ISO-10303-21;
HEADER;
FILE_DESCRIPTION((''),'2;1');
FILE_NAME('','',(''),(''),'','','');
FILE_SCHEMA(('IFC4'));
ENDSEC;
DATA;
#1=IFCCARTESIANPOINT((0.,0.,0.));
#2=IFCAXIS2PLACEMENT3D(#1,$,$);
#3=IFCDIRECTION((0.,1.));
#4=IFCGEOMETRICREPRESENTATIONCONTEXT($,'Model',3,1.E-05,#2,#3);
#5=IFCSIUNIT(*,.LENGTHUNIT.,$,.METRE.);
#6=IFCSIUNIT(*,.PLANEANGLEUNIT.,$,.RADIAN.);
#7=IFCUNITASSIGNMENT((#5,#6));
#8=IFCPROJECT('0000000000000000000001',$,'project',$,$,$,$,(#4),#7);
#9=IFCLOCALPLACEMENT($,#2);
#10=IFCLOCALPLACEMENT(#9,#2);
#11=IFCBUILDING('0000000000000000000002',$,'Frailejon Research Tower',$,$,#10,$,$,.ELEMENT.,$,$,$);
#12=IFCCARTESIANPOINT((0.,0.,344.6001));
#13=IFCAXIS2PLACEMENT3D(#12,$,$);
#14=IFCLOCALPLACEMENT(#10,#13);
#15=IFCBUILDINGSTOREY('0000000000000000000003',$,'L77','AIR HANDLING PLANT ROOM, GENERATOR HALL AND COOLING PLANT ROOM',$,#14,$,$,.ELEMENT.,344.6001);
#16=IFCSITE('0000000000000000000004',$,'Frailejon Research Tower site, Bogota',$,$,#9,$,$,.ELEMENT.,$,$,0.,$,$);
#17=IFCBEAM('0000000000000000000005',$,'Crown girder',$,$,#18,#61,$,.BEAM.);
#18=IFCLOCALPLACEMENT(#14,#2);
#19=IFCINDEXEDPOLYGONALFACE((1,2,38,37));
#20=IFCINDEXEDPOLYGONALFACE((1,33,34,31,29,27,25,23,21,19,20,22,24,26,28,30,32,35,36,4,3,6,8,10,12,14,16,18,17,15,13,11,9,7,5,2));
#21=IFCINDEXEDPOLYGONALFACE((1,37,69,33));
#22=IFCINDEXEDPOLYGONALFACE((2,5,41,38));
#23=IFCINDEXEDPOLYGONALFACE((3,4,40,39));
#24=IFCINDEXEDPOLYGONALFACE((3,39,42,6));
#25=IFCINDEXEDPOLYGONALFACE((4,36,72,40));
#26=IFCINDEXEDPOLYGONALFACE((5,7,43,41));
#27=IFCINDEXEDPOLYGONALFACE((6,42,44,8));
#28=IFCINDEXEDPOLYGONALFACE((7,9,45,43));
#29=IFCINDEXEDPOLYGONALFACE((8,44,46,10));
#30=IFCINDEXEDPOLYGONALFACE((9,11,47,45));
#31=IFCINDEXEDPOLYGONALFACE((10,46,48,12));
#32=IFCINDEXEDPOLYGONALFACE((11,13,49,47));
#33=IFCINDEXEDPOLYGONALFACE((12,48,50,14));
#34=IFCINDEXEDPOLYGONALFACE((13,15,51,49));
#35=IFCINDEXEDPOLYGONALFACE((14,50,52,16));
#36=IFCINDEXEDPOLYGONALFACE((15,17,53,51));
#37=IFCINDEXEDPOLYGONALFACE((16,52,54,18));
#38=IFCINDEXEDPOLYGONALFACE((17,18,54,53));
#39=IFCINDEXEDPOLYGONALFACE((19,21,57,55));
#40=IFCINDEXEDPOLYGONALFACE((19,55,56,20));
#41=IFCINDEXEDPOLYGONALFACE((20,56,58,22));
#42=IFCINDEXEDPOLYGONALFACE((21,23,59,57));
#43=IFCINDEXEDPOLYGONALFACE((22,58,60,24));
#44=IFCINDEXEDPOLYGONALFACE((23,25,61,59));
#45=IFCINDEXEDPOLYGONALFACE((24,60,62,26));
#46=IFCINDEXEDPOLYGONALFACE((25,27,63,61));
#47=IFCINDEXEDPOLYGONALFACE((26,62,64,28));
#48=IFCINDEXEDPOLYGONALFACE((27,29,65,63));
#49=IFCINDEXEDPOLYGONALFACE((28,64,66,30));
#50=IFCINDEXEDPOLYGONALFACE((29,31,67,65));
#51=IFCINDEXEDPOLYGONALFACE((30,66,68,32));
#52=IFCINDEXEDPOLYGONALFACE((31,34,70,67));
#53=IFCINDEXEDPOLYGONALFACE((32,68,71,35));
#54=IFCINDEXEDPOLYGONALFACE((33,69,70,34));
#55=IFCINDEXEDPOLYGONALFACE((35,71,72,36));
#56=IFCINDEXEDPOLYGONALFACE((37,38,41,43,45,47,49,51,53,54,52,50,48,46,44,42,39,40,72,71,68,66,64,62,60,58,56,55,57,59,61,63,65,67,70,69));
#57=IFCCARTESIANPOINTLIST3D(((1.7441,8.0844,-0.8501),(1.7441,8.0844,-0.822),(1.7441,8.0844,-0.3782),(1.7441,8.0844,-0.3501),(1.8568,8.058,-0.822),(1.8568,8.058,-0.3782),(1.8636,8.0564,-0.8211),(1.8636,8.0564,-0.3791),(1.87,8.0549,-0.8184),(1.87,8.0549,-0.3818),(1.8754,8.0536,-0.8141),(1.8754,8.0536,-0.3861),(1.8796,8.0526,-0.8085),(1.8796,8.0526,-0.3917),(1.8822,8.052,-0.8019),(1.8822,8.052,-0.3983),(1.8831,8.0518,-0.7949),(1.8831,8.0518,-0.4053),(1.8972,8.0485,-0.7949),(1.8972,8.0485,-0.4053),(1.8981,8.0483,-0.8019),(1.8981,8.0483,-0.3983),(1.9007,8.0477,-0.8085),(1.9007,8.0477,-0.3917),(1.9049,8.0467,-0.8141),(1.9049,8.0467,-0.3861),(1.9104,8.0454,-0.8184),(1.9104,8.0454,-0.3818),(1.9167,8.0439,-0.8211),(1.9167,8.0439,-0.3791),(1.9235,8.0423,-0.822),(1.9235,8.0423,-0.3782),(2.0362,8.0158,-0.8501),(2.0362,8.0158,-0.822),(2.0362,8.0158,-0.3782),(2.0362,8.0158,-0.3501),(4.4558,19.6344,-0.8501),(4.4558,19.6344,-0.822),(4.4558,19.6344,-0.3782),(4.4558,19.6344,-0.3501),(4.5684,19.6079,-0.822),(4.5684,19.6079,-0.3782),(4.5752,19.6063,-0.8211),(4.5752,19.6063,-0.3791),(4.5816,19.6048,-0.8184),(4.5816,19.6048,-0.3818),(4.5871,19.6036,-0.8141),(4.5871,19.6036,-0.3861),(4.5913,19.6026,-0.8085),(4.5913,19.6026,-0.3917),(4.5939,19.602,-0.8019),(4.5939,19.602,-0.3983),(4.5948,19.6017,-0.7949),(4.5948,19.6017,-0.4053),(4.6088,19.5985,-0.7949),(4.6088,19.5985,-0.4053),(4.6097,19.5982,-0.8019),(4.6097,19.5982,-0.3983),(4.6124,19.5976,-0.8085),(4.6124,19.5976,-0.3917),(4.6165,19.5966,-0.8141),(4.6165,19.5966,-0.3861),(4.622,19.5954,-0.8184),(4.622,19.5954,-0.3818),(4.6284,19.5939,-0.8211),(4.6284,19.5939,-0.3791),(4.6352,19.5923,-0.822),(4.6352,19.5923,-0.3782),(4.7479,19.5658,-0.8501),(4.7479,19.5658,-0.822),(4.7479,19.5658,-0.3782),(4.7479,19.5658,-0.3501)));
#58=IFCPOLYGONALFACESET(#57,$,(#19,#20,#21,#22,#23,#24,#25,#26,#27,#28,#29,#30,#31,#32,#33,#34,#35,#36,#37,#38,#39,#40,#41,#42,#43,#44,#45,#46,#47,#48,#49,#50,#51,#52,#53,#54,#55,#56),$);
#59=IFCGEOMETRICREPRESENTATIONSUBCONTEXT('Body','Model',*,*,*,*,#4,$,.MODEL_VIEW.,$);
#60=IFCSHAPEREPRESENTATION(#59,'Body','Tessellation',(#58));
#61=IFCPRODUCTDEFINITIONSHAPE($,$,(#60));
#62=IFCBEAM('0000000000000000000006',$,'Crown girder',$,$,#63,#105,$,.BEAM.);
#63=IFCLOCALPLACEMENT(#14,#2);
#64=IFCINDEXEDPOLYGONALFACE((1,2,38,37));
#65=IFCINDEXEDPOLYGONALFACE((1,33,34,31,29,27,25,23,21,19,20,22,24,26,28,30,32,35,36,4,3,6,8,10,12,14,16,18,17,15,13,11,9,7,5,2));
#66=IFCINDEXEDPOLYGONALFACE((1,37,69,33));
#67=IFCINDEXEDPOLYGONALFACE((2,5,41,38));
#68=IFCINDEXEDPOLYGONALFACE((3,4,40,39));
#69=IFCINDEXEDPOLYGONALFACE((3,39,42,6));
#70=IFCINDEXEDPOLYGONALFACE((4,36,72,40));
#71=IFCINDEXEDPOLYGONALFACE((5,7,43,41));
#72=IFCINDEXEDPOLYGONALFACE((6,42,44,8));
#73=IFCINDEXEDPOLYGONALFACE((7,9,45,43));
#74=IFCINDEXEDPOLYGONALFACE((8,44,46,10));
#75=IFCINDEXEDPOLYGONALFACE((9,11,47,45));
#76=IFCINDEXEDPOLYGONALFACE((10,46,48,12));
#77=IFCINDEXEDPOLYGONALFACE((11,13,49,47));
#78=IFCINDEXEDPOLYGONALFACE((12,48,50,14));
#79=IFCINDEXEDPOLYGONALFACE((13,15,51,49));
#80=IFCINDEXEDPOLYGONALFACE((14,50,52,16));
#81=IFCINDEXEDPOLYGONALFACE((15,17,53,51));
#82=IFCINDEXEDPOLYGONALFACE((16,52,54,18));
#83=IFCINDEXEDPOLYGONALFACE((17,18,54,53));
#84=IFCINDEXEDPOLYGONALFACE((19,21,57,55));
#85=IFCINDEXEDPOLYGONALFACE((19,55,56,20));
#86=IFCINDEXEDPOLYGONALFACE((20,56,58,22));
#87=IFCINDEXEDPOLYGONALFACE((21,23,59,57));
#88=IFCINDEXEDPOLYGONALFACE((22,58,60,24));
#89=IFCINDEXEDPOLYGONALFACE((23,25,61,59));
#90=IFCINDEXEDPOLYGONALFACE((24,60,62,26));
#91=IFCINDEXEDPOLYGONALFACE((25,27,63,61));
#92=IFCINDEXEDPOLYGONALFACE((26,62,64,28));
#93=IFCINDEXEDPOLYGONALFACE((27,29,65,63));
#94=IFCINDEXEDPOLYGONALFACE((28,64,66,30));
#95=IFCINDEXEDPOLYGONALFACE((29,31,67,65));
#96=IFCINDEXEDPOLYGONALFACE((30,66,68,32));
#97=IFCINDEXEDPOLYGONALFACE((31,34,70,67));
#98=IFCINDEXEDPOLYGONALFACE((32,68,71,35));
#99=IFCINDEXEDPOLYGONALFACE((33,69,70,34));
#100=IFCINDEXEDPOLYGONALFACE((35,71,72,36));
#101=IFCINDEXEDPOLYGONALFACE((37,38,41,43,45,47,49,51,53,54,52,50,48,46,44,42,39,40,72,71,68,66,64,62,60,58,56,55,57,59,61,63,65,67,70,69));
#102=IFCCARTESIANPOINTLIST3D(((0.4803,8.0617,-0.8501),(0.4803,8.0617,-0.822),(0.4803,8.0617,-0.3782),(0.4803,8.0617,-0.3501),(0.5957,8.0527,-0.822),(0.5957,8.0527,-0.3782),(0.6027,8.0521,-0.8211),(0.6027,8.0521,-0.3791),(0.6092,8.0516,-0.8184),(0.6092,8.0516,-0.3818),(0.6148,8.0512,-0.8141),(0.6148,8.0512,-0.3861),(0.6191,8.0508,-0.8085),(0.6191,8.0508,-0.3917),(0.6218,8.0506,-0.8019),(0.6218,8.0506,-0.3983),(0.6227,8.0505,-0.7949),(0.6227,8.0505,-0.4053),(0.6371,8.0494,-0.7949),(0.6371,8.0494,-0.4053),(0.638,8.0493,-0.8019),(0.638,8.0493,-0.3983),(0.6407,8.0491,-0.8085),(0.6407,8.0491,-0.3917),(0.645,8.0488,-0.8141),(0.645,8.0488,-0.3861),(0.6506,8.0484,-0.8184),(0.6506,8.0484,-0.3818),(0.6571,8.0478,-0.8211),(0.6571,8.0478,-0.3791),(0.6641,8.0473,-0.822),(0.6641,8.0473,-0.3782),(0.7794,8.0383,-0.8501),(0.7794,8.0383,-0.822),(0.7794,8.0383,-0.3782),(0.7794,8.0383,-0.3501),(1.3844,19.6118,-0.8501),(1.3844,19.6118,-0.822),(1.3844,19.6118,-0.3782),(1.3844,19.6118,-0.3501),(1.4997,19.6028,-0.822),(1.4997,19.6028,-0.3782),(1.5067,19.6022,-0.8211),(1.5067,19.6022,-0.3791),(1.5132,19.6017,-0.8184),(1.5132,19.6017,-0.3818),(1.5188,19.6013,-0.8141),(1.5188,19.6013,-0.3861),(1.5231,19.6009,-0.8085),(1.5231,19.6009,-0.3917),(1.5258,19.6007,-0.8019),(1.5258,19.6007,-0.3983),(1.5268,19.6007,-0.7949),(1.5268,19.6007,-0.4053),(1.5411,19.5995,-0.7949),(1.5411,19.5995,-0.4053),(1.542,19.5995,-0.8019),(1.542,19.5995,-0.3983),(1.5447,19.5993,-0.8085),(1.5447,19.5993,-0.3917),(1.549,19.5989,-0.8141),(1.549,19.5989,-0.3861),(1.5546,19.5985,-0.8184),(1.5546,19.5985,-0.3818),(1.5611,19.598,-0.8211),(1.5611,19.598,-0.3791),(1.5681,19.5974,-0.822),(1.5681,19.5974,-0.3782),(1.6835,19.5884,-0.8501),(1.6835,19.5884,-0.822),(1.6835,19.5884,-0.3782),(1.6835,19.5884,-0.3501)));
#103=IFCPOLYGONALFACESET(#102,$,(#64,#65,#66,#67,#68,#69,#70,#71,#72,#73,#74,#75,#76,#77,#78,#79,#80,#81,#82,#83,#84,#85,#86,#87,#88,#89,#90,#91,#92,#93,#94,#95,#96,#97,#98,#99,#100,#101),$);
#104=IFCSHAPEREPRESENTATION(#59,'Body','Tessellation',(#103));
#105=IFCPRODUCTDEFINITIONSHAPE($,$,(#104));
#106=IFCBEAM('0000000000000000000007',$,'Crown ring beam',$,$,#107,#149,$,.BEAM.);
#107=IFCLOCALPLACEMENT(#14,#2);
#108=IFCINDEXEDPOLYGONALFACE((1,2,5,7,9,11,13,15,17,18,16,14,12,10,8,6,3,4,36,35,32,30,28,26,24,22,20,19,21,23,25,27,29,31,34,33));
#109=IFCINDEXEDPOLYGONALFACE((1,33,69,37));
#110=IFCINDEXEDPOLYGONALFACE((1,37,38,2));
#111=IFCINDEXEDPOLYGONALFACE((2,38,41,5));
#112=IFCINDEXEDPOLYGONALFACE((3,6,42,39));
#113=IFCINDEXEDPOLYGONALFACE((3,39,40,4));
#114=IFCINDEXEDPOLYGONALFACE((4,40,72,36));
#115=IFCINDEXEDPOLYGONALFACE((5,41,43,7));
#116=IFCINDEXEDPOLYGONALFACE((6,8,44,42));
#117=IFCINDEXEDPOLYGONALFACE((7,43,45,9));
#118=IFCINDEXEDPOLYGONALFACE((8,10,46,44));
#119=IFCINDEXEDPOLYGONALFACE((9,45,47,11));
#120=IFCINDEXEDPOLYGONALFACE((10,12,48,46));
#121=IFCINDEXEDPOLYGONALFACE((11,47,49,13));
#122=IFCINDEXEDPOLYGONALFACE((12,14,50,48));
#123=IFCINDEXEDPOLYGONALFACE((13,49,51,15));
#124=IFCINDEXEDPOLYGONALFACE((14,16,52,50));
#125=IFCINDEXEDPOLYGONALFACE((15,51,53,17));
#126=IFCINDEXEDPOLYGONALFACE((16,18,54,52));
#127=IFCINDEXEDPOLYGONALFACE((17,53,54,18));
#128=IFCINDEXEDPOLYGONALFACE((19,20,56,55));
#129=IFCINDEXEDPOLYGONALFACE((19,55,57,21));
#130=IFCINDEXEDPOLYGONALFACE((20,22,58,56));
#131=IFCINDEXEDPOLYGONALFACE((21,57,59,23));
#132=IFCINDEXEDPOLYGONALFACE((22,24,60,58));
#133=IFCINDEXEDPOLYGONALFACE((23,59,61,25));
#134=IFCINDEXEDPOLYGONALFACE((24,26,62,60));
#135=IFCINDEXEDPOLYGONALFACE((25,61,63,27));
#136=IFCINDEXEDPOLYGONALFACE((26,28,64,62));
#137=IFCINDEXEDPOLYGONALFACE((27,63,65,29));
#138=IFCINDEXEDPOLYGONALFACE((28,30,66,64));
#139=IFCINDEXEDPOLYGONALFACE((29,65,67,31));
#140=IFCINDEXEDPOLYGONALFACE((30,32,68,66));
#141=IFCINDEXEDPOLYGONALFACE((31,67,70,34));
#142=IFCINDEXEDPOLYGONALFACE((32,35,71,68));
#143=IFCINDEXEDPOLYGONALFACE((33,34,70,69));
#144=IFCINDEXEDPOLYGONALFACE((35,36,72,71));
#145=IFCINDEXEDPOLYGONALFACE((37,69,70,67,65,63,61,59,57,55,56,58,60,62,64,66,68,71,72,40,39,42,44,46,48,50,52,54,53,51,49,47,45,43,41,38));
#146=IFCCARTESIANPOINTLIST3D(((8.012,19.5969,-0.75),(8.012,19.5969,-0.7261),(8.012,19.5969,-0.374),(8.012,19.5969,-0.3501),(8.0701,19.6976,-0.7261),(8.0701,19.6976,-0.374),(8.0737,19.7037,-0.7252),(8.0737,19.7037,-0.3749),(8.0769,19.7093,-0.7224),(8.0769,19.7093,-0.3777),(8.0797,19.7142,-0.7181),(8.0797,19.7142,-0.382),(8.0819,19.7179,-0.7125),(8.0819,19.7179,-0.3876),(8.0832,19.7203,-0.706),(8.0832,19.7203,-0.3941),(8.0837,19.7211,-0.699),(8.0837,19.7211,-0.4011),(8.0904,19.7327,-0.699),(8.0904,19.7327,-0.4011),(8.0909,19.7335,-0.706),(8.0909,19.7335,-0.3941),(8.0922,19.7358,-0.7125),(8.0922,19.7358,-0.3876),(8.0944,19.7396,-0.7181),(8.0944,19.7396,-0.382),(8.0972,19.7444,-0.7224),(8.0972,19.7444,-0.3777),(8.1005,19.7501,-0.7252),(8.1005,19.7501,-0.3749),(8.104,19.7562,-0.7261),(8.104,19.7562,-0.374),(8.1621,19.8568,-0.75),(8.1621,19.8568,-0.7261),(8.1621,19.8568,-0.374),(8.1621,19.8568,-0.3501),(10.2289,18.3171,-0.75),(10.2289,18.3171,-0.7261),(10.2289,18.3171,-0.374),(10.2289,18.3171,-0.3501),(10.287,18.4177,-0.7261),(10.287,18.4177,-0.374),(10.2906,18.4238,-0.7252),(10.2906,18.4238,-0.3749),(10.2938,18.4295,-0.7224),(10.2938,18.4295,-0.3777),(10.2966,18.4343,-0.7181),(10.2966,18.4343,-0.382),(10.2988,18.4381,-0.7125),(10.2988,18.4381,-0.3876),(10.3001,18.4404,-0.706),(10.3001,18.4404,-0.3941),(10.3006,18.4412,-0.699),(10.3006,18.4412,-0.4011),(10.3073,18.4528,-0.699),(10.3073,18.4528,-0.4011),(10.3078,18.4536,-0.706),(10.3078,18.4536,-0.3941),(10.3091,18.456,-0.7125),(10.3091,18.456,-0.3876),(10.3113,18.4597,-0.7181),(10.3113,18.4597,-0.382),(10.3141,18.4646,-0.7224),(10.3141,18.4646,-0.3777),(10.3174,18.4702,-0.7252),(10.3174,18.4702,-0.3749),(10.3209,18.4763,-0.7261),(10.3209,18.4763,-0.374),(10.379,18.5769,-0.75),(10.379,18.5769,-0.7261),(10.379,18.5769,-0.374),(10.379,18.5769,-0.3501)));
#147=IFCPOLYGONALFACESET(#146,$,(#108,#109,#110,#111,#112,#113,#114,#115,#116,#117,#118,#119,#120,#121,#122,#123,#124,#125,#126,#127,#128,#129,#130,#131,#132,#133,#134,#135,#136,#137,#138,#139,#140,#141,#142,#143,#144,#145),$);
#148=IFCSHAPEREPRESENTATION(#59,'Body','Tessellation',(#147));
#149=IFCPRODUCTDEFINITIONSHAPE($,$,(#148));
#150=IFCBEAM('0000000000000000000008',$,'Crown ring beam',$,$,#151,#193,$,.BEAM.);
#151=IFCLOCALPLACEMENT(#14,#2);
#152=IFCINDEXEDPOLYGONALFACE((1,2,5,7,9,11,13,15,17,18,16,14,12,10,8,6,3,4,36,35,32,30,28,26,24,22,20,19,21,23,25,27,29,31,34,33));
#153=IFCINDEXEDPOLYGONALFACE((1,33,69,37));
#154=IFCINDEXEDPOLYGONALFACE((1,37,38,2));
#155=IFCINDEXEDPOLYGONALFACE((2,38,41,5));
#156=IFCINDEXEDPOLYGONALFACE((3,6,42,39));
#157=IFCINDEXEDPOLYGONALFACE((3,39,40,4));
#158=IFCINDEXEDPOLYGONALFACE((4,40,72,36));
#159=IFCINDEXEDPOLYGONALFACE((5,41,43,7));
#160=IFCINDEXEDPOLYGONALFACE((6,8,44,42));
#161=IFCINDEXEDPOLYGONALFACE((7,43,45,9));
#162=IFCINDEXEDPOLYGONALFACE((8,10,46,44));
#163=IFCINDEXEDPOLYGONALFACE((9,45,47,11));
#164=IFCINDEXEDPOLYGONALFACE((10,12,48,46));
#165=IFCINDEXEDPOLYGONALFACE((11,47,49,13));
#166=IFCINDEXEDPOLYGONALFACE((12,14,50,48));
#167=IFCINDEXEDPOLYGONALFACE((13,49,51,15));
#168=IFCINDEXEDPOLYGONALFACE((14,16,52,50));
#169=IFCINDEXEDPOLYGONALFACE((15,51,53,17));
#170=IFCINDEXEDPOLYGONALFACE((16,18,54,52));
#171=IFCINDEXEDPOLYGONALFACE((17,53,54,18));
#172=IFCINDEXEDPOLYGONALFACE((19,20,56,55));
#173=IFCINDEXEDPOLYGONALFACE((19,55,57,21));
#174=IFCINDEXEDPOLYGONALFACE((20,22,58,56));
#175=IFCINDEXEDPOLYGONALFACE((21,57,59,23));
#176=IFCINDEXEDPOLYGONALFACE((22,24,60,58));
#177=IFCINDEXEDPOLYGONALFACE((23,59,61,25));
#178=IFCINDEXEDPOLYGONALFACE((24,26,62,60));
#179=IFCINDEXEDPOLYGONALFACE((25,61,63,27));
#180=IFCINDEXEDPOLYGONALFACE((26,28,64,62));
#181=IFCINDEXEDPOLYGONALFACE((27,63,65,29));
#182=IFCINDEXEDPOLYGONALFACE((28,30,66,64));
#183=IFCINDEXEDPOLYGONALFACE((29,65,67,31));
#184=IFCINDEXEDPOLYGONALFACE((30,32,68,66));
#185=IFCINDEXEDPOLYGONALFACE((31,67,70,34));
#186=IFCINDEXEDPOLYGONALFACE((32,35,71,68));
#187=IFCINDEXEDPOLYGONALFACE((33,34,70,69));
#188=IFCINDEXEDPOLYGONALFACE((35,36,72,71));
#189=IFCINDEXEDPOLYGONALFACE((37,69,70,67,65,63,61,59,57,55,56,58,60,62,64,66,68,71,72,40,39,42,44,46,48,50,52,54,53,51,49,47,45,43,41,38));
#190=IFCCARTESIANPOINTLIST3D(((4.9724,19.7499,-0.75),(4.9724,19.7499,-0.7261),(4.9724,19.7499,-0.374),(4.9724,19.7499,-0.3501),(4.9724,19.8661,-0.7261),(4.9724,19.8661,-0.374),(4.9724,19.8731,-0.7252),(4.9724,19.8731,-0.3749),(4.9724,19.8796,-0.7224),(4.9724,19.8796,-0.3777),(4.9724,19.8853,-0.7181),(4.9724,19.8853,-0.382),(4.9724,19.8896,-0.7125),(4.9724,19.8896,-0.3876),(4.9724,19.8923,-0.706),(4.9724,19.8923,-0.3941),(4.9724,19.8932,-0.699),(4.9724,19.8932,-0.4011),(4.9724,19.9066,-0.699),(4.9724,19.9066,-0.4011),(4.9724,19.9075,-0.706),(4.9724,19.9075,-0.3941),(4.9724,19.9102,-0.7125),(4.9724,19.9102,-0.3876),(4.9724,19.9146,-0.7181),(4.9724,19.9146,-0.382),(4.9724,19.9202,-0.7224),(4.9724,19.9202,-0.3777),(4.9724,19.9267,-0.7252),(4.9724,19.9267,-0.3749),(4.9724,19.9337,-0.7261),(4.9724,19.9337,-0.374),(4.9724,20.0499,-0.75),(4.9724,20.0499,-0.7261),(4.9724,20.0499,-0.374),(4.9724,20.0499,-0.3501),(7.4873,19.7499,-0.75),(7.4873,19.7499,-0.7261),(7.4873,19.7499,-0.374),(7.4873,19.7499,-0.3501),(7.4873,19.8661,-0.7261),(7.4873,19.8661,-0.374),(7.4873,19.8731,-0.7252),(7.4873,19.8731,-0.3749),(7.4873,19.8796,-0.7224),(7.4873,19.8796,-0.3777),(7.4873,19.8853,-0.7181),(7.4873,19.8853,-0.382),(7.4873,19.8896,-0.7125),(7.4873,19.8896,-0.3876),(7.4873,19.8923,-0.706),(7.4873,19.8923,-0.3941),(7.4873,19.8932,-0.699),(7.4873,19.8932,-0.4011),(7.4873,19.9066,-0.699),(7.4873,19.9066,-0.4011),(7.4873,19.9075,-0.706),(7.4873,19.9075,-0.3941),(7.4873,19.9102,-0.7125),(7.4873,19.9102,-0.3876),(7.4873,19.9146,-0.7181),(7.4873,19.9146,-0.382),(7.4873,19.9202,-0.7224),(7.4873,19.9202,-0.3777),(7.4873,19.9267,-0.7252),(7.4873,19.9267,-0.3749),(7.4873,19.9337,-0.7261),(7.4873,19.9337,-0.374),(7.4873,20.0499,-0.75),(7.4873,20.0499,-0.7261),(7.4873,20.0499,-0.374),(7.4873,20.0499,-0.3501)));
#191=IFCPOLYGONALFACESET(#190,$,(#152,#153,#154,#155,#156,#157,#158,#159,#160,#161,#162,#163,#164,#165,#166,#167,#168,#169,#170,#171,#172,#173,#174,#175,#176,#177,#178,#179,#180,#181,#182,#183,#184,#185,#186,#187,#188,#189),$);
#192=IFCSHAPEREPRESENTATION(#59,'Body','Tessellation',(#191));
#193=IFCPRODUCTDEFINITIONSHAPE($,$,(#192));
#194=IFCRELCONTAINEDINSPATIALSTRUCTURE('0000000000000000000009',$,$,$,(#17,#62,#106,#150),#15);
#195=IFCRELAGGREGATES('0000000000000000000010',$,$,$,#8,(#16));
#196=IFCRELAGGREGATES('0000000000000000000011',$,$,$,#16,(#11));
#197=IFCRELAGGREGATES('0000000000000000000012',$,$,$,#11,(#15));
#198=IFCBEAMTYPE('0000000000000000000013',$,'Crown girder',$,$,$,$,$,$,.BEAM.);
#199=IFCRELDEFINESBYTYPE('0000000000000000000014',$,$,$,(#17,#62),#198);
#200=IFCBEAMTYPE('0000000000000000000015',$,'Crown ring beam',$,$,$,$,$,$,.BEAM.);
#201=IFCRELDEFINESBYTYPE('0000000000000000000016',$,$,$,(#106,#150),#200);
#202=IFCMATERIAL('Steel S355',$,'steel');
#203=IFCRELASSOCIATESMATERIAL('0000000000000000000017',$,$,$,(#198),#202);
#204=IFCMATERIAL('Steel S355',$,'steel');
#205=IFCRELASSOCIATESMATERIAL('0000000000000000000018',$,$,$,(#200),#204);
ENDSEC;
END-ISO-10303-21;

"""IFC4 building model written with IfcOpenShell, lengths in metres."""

from ifc_helpers import new_model, si_unit, direction, frame, origin, origin_2d, place, context, subcontext, project, spatial, i_section, extrude, material, material_profile, profile_set, type_object, element, save


model = new_model("IFC4")

# Units and contexts
model_context = context("Model", 3, precision=1e-05, world=origin(), true_north=direction((0.0, 1.0)))
body_context = subcontext(model_context, "Body", "Model", "MODEL_VIEW")
ifc_project = project(units=[si_unit("LENGTHUNIT", "METRE"), si_unit("PLANEANGLEUNIT", "RADIAN")], contexts=[model_context])

# Site, building, storey
site_placement = place(None, origin())
site = spatial("IfcSite", under=ifc_project, at=site_placement, Name="Frailejon Research Tower site, Bogota", CompositionType="ELEMENT", RefElevation=0.0)
building_placement = place(site_placement, origin())
building = spatial("IfcBuilding", under=site, at=building_placement, Name="Frailejon Research Tower", CompositionType="ELEMENT")
storey_placement = place(building_placement, frame((0.0, 0.0, 344.6001)))
storey = spatial("IfcBuildingStorey", under=building, at=storey_placement, Name="L77", Description="AIR HANDLING PLANT ROOM, GENERATOR HALL AND COOLING PLANT ROOM", CompositionType="ELEMENT", Elevation=344.6001)

# Beams
ifc_material_1 = material(Name="Steel S355", Category="steel")
ifc_material_profile_1 = material_profile(ifc_material_1, i_section(OverallWidth=0.3, OverallDepth=0.5, WebThickness=0.0144, FlangeThickness=0.0281, FilletRadius=0.0271, at=origin_2d()), Name="HE 500 B")
ifc_profile_set_1 = profile_set([ifc_material_profile_1], Name="Steel S355")
beam_type_1 = type_object("IfcBeamType", Name="Crown girder", PredefinedType="BEAM", material=ifc_profile_set_1)
beam_1_placement = place(storey_placement, frame((4.6018, 19.6001, -0.6001), z_axis=(-0.228561, -0.97353, 0.0), x_axis=(0.97353, -0.228561, 0.0)))
element("IfcBeam", 1, at=beam_1_placement, inside=storey, type_object=beam_type_1, Name="Crown girder", PredefinedType="BEAM", context=body_context, shape_type="SweptSolid", body=[
    extrude(i_section(OverallWidth=0.3, OverallDepth=0.5, WebThickness=0.0144, FlangeThickness=0.0281, FilletRadius=0.0271, at=origin_2d()), origin(), (0.0, 0.0, 1.0), 11.864),
])
beam_2_placement = place(storey_placement, frame((1.5339, 19.6001, -0.6001), z_axis=(-0.078034, -0.996951, 0.0), x_axis=(0.996951, -0.078034, 0.0)))
element("IfcBeam", 2, at=beam_2_placement, inside=storey, type_object=beam_type_1, Name="Crown girder", PredefinedType="BEAM", context=body_context, shape_type="SweptSolid", body=[
    extrude(i_section(OverallWidth=0.3, OverallDepth=0.5, WebThickness=0.0144, FlangeThickness=0.0281, FilletRadius=0.0271, at=origin_2d()), origin(), (0.0, 0.0, 1.0), 11.5854),
])
ifc_material_2 = material(Name="Steel S355", Category="steel")
ifc_material_profile_2 = material_profile(ifc_material_2, i_section(OverallWidth=0.3, OverallDepth=0.3999, WebThickness=0.0134, FlangeThickness=0.0239, FilletRadius=0.0271, at=origin_2d()), Name="HE 400 B")
ifc_profile_set_2 = profile_set([ifc_material_profile_2], Name="Steel S355")
beam_type_2 = type_object("IfcBeamType", Name="Crown ring beam", PredefinedType="BEAM", material=ifc_profile_set_2)
beam_3_placement = place(storey_placement, frame((10.304, 18.447, -0.55), z_axis=(-0.866039, 0.499976, 0.0), x_axis=(-0.499976, -0.866039, 0.0)))
element("IfcBeam", 3, at=beam_3_placement, inside=storey, type_object=beam_type_2, Name="Crown ring beam", PredefinedType="BEAM", context=body_context, shape_type="SweptSolid", body=[
    extrude(i_section(OverallWidth=0.3, OverallDepth=0.3999, WebThickness=0.0134, FlangeThickness=0.0239, FilletRadius=0.0271, at=origin_2d()), origin(), (0.0, 0.0, 1.0), 2.5598),
])
for number, where, z_axis, x_axis, name in (
    (4, (7.4873, 19.8999, -0.55), (-1.0, 0.0, 0.0), (0.0, -1.0, 0.0), "Crown ring beam"),
):
    element("IfcBeam", number, at=place(storey_placement, frame(where, z_axis=z_axis, x_axis=x_axis)), inside=storey, type_object=beam_type_2, Name=name, PredefinedType="BEAM", context=body_context, shape_type="SweptSolid", body=[
        extrude(i_section(OverallWidth=0.3, OverallDepth=0.3999, WebThickness=0.0134, FlangeThickness=0.0239, FilletRadius=0.0271, at=origin_2d()), origin(), (0.0, 0.0, 1.0), 2.5149),
    ])

save(model, "model.ifc")
